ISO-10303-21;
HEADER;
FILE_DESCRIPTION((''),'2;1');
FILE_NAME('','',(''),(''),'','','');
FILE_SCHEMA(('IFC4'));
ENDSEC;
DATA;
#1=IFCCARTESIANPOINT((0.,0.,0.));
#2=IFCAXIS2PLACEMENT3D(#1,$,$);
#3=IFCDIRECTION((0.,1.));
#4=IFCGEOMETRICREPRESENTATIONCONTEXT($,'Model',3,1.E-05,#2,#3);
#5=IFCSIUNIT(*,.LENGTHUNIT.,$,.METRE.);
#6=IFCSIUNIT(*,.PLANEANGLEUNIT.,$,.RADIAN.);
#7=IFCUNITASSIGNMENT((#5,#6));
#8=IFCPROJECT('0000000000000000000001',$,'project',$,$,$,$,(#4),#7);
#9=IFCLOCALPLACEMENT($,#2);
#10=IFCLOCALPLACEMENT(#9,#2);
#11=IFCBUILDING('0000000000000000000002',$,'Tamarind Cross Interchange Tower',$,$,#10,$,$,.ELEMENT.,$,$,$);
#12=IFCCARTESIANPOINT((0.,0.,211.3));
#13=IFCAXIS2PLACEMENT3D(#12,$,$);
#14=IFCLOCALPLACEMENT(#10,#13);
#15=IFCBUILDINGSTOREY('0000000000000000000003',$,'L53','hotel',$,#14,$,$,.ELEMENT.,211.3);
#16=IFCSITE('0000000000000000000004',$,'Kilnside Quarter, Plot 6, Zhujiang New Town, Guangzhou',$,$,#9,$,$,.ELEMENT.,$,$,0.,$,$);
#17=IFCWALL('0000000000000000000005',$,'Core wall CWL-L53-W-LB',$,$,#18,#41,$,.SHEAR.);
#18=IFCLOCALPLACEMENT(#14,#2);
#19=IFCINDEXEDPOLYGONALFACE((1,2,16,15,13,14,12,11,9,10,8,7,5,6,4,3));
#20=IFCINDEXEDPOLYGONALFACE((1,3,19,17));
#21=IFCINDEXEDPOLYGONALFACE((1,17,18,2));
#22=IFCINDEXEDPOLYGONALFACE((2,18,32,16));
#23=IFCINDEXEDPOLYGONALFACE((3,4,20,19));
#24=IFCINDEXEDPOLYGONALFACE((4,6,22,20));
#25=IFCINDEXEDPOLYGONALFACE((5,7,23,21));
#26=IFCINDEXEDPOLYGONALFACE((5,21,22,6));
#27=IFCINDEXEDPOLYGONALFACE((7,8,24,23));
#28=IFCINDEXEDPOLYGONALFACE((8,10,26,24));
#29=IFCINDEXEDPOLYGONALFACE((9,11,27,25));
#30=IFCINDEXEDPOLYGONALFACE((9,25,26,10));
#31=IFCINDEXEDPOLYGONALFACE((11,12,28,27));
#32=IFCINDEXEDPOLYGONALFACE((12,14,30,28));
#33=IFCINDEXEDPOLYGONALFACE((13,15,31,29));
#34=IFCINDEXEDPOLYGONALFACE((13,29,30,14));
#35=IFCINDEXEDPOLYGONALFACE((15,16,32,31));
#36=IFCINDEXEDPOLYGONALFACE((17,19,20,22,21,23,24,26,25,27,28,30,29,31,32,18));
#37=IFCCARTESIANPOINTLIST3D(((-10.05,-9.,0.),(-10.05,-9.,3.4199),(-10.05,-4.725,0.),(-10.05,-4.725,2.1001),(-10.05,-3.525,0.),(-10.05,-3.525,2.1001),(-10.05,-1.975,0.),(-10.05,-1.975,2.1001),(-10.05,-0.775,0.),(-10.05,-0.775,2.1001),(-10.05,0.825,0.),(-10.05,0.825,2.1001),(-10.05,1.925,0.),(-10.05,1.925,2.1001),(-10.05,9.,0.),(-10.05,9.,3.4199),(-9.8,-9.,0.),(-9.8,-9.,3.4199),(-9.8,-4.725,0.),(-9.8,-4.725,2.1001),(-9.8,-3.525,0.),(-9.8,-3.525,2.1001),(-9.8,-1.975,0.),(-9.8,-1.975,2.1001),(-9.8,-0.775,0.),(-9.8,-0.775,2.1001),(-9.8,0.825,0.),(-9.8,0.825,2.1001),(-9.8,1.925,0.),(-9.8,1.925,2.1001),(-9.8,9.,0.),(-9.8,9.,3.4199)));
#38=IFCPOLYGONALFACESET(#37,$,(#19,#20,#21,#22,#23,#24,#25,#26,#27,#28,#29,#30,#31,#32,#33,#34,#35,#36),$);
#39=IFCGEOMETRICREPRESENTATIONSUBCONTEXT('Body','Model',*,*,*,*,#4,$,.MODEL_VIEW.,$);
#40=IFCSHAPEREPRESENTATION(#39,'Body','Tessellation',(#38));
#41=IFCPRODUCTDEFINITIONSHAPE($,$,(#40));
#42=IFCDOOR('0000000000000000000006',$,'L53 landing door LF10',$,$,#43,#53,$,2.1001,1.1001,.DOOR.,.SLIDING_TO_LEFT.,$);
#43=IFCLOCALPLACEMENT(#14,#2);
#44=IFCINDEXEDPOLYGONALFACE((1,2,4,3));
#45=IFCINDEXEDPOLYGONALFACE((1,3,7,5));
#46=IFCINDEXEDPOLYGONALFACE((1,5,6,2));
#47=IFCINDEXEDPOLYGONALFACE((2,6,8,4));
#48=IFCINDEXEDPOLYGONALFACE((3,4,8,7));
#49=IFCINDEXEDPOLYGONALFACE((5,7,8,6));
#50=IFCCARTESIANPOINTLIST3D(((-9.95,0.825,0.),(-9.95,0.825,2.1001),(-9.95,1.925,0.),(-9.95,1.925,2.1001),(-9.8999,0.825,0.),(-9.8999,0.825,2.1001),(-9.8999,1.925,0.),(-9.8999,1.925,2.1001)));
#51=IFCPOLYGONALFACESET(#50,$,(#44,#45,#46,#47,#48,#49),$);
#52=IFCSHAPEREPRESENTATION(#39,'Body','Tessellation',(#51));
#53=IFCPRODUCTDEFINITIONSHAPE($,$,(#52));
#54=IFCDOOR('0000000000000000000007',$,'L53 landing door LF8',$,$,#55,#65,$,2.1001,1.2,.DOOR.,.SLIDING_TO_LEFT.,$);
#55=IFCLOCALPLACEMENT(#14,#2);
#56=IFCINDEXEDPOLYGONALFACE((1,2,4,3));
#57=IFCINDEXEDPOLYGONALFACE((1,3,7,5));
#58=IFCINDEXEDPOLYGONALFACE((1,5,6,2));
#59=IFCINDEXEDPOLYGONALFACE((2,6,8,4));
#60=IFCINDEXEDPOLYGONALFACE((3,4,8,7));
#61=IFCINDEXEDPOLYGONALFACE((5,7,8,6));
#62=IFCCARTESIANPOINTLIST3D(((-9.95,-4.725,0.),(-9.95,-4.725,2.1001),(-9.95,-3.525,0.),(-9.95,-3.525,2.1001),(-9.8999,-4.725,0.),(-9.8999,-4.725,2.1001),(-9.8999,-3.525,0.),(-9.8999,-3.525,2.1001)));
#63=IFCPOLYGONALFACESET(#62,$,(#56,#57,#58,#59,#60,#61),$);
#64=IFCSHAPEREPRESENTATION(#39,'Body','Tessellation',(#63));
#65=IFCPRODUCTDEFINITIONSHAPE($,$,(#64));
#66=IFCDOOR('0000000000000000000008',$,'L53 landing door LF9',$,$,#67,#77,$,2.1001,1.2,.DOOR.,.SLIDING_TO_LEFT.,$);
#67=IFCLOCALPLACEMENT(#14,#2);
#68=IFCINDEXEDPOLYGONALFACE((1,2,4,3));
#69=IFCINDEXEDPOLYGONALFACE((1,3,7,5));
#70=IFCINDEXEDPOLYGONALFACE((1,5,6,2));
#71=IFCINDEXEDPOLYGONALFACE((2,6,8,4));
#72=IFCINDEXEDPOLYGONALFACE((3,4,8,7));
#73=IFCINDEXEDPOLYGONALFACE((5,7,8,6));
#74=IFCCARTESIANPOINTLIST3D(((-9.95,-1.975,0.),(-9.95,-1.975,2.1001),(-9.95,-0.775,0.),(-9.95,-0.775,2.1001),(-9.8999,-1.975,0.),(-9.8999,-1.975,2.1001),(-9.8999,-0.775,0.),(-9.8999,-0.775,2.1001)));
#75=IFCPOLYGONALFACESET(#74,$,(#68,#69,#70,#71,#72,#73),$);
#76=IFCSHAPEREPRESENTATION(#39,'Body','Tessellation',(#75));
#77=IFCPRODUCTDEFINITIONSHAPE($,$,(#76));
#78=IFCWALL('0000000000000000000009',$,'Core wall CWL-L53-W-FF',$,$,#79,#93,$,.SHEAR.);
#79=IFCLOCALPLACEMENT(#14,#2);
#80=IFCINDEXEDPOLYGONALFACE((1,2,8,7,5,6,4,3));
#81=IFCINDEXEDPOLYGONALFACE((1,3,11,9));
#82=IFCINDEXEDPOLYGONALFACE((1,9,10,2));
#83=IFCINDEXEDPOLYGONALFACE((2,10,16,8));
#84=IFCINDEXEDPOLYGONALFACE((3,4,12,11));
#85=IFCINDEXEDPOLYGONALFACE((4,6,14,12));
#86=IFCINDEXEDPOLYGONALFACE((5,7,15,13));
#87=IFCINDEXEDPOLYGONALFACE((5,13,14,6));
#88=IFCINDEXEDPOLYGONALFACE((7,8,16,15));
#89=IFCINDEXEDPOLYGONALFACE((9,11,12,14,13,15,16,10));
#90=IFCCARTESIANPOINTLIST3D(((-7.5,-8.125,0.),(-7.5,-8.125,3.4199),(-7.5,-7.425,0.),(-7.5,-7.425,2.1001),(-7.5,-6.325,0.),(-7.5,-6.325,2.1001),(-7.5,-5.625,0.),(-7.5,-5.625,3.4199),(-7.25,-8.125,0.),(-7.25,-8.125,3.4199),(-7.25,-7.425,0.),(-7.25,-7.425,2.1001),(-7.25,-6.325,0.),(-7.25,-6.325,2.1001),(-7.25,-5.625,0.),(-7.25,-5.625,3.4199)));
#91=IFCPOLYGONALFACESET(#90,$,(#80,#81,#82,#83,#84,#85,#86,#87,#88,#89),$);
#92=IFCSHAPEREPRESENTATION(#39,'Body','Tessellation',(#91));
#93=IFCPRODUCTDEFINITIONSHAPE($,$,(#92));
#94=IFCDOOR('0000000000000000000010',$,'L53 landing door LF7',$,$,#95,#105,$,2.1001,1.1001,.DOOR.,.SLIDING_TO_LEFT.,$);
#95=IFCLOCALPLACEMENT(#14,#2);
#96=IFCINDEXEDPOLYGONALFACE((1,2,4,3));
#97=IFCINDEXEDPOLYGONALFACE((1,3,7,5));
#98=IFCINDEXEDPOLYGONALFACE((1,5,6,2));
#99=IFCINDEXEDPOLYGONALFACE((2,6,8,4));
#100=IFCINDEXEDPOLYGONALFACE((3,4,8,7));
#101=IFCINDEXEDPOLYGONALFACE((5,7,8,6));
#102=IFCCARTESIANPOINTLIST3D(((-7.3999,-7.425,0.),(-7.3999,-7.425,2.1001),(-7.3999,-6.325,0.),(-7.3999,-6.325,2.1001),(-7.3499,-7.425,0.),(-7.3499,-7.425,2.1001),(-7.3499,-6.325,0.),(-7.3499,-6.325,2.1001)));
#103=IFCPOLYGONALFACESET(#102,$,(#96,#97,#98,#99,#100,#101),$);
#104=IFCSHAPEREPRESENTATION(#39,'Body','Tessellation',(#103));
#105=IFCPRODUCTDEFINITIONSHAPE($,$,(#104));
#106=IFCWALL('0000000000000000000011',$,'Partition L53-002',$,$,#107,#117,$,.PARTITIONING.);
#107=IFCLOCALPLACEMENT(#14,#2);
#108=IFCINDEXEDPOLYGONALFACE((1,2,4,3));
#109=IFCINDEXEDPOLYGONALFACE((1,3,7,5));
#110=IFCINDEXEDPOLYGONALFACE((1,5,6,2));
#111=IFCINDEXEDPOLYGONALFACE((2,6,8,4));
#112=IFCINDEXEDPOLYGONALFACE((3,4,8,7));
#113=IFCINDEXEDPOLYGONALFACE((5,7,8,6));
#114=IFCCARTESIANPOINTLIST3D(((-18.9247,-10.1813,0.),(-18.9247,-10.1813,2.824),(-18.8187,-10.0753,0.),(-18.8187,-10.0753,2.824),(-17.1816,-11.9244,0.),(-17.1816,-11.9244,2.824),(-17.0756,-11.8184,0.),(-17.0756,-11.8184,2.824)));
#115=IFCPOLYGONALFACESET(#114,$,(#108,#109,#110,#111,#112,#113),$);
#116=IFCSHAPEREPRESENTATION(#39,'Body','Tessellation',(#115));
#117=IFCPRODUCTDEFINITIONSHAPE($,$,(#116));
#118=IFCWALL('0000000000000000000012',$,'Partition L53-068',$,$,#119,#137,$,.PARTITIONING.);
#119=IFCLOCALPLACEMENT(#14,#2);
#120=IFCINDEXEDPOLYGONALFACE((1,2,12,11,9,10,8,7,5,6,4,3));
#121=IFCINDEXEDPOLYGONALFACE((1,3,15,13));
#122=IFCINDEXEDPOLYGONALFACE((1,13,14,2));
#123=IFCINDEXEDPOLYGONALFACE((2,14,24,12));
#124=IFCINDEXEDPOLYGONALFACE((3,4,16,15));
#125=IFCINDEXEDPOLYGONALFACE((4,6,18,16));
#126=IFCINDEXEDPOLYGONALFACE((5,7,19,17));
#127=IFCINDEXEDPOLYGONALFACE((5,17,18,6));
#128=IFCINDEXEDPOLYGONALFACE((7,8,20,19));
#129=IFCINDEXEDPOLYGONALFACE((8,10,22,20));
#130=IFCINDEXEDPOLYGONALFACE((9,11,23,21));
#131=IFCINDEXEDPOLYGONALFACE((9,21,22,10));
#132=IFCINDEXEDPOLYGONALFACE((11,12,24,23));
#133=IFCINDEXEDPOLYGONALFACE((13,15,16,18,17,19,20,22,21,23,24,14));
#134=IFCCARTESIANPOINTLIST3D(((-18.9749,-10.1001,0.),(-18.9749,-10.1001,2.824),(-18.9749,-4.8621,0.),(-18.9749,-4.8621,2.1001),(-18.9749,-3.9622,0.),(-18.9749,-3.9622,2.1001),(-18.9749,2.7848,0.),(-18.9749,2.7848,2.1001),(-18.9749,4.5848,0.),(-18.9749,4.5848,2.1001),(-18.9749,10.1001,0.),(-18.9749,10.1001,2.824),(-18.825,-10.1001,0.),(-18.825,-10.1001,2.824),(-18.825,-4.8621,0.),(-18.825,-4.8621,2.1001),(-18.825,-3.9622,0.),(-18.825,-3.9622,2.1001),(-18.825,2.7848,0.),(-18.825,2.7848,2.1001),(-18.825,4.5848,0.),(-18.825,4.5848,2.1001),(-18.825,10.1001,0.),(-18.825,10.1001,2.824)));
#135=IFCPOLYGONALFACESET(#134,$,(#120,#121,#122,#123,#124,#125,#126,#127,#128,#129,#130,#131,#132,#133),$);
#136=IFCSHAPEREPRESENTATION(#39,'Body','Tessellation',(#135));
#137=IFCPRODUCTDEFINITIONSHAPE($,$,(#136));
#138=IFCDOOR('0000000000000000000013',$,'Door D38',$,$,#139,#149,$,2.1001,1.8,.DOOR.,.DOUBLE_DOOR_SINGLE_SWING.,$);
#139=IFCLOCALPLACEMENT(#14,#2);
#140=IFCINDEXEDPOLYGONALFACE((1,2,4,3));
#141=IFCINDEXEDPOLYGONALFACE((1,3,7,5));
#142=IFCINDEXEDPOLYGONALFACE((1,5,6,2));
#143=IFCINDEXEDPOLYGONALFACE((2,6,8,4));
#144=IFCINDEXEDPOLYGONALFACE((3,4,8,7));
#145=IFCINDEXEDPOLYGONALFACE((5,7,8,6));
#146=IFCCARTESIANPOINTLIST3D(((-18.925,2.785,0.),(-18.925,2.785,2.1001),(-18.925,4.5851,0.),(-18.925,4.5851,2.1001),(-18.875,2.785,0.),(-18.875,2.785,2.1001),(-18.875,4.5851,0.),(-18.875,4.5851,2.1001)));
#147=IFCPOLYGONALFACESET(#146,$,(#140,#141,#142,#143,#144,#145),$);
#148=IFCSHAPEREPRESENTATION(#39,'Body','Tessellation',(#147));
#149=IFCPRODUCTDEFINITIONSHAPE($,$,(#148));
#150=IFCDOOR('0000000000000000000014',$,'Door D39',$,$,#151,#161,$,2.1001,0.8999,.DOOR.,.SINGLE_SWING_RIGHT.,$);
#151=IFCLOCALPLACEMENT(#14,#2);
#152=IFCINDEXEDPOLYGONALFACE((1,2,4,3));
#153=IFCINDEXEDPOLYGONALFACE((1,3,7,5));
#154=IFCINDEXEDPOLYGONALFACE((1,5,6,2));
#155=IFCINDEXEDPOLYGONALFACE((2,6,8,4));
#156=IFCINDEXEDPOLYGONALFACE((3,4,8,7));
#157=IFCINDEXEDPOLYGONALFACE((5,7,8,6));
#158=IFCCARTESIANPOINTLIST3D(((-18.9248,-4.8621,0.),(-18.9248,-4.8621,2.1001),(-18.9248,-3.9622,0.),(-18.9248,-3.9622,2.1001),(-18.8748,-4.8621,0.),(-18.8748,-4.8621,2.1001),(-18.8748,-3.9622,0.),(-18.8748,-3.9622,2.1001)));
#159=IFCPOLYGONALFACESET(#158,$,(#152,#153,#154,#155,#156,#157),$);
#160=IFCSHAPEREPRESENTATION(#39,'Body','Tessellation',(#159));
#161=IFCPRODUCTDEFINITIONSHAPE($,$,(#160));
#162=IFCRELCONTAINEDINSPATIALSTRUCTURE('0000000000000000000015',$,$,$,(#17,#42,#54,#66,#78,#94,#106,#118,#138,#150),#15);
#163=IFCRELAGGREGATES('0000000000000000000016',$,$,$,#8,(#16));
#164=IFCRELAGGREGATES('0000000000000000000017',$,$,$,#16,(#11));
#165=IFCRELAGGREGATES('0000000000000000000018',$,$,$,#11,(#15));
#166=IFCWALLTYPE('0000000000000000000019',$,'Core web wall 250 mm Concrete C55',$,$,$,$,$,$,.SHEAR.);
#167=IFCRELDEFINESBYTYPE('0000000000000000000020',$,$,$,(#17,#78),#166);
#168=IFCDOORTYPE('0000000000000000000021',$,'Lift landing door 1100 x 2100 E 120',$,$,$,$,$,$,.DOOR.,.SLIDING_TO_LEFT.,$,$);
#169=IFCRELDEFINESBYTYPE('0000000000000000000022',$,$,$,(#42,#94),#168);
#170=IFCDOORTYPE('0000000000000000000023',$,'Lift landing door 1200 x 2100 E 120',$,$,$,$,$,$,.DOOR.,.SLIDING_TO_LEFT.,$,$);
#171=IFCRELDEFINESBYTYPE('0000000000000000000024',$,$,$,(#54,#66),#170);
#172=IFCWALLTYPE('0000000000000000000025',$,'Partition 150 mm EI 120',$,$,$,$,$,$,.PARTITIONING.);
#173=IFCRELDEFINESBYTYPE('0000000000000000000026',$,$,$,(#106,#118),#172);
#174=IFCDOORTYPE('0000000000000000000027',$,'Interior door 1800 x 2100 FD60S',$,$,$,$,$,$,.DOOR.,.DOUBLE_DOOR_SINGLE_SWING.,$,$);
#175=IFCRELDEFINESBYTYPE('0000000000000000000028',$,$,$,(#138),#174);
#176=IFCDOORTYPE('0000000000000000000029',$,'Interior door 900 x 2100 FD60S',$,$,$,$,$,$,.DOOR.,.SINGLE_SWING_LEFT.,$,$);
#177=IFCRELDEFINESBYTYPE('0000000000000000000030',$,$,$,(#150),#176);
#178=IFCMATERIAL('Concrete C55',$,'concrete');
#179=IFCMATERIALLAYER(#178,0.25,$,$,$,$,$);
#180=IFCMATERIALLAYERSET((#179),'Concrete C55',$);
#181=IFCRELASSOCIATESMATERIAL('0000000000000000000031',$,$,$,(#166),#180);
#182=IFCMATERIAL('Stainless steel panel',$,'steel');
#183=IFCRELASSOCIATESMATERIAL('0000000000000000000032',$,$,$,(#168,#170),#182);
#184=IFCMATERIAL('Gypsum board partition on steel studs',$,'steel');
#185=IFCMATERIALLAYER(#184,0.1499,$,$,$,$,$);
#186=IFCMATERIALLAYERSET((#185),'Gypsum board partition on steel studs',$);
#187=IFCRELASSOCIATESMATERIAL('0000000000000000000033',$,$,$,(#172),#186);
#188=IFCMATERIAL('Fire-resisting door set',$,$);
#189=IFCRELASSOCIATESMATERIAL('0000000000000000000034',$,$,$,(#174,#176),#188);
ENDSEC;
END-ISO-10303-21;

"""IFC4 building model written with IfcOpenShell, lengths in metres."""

from ifc_helpers import new_model, si_unit, direction, frame, frame_2d, origin, place, context, subcontext, project, spatial, rectangle, extrude, material, layer, layer_set, type_object, element, fill, save


model = new_model("IFC4")

# Units and contexts
model_context = context("Model", 3, precision=1e-05, world=origin(), true_north=direction((0.0, 1.0)))
body_context = subcontext(model_context, "Body", "Model", "MODEL_VIEW")
ifc_project = project(units=[si_unit("LENGTHUNIT", "METRE"), si_unit("PLANEANGLEUNIT", "RADIAN")], contexts=[model_context])

# Site, building, storey
site_placement = place(None, origin())
site = spatial("IfcSite", under=ifc_project, at=site_placement, Name="Kilnside Quarter, Plot 6, Zhujiang New Town, Guangzhou", CompositionType="ELEMENT", RefElevation=0.0)
building_placement = place(site_placement, origin())
building = spatial("IfcBuilding", under=site, at=building_placement, Name="Tamarind Cross Interchange Tower", CompositionType="ELEMENT")
storey_placement = place(building_placement, frame((0.0, 0.0, 211.3)))
storey = spatial("IfcBuildingStorey", under=building, at=storey_placement, Name="L53", Description="hotel", CompositionType="ELEMENT", Elevation=211.3)

# Shared definitions
ifc_material_1 = material(Name="Concrete C55", Category="concrete")

# Shared definitions
ifc_layer_1 = layer(ifc_material_1, 0.25)
ifc_layer_set_1 = layer_set([ifc_layer_1], Name="Concrete C55")
wall_type_1 = type_object("IfcWallType", Name="Core web wall 250 mm Concrete C55", PredefinedType="SHEAR", material=ifc_layer_set_1)

# Wall, openings, doors
ifc_material_2 = material(Name="Stainless steel panel", Category="steel")
wall_1_placement = place(storey_placement, frame((-9.925, -9.0, 0.0), z_axis=(0.0, 0.0, 1.0), x_axis=(0.0, 1.0, 0.0)))
wall_1 = element("IfcWall", 1, at=wall_1_placement, inside=storey, type_object=wall_type_1, Name="Core wall CWL-L53-W-LB", PredefinedType="SHEAR", context=body_context, shape_type="SweptSolid", body=[
    extrude(rectangle(XDim=18.0, YDim=0.25, at=frame_2d((9.0, 0.0))), origin(), (0.0, 0.0, 1.0), 3.4199),
])
opening_1_placement = place(wall_1_placement, frame((4.2749, 0.0, 0.0)))
opening_1 = element("IfcOpeningElement", 2, at=opening_1_placement, cuts=wall_1, PredefinedType="OPENING", context=body_context, shape_type="SweptSolid", body=[
    extrude(rectangle(XDim=1.2, YDim=2.1001, at=frame_2d((0.6001, 1.05))), frame((0.0, 0.135, 0.0), z_axis=(0.0, -1.0, 0.0), x_axis=(1.0, 0.0, 0.0)), (0.0, 0.0, 1.0), 0.27),
])
opening_2_placement = place(wall_1_placement, frame((7.0249, 0.0, 0.0)))
opening_2 = element("IfcOpeningElement", 3, at=opening_2_placement, cuts=wall_1, PredefinedType="OPENING", context=body_context, shape_type="SweptSolid", body=[
    extrude(rectangle(XDim=1.2, YDim=2.1001, at=frame_2d((0.6001, 1.05))), frame((0.0, 0.135, 0.0), z_axis=(0.0, -1.0, 0.0), x_axis=(1.0, 0.0, 0.0)), (0.0, 0.0, 1.0), 0.27),
])
opening_3_placement = place(wall_1_placement, frame((9.825, 0.0, 0.0)))
opening_3 = element("IfcOpeningElement", 4, at=opening_3_placement, cuts=wall_1, PredefinedType="OPENING", context=body_context, shape_type="SweptSolid", body=[
    extrude(rectangle(XDim=1.1001, YDim=2.1001, at=frame_2d((0.55, 1.05))), frame((0.0, 0.135, 0.0), z_axis=(0.0, -1.0, 0.0), x_axis=(1.0, 0.0, 0.0)), (0.0, 0.0, 1.0), 0.27),
])
door_type_1 = type_object("IfcDoorType", Name="Lift landing door 1100 x 2100 E 120", OperationType="SLIDING_TO_LEFT", PredefinedType="DOOR", material=ifc_material_2)
door_1_placement = place(opening_3_placement, origin())
door_1 = element("IfcDoor", 5, at=door_1_placement, inside=storey, type_object=door_type_1, Name="L53 landing door LF10", OperationType="SLIDING_TO_LEFT", OverallHeight=2.1001, OverallWidth=1.1001, PredefinedType="DOOR", context=body_context, shape_type="SweptSolid", body=[
    extrude(rectangle(XDim=1.1001, YDim=2.1001, at=frame_2d((0.55, 1.05))), frame((0.0, 0.0249, 0.0), z_axis=(0.0, -1.0, 0.0), x_axis=(1.0, 0.0, 0.0)), (0.0, 0.0, 1.0), 0.05),
])
fill(opening_3, door_1)
door_type_2 = type_object("IfcDoorType", Name="Lift landing door 1200 x 2100 E 120", OperationType="SLIDING_TO_LEFT", PredefinedType="DOOR", material=ifc_material_2)
door_2_placement = place(opening_1_placement, origin())
door_2 = element("IfcDoor", 6, at=door_2_placement, inside=storey, type_object=door_type_2, Name="L53 landing door LF8", OperationType="SLIDING_TO_LEFT", OverallHeight=2.1001, OverallWidth=1.2, PredefinedType="DOOR", context=body_context, shape_type="SweptSolid", body=[
    extrude(rectangle(XDim=1.2, YDim=2.1001, at=frame_2d((0.6001, 1.05))), frame((0.0, 0.0249, 0.0), z_axis=(0.0, -1.0, 0.0), x_axis=(1.0, 0.0, 0.0)), (0.0, 0.0, 1.0), 0.05),
])
fill(opening_1, door_2)
door_3_placement = place(opening_2_placement, origin())
door_3 = element("IfcDoor", 7, at=door_3_placement, inside=storey, type_object=door_type_2, Name="L53 landing door LF9", OperationType="SLIDING_TO_LEFT", OverallHeight=2.1001, OverallWidth=1.2, PredefinedType="DOOR", context=body_context, shape_type="SweptSolid", body=[
    extrude(rectangle(XDim=1.2, YDim=2.1001, at=frame_2d((0.6001, 1.05))), frame((0.0, 0.0249, 0.0), z_axis=(0.0, -1.0, 0.0), x_axis=(1.0, 0.0, 0.0)), (0.0, 0.0, 1.0), 0.05),
])
fill(opening_2, door_3)

# Wall, opening, door
wall_2_placement = place(storey_placement, frame((-7.375, -8.125, 0.0), z_axis=(0.0, 0.0, 1.0), x_axis=(0.0, 1.0, 0.0)))
wall_2 = element("IfcWall", 8, at=wall_2_placement, inside=storey, type_object=wall_type_1, Name="Core wall CWL-L53-W-FF", PredefinedType="SHEAR", context=body_context, shape_type="SweptSolid", body=[
    extrude(rectangle(XDim=2.5, YDim=0.25, at=frame_2d((1.25, 0.0))), origin(), (0.0, 0.0, 1.0), 3.4199),
])
opening_4_placement = place(wall_2_placement, frame((0.7, 0.0, 0.0)))
opening_4 = element("IfcOpeningElement", 9, at=opening_4_placement, cuts=wall_2, PredefinedType="OPENING", context=body_context, shape_type="SweptSolid", body=[
    extrude(rectangle(XDim=1.1001, YDim=2.1001, at=frame_2d((0.55, 1.05))), frame((0.0, 0.135, 0.0), z_axis=(0.0, -1.0, 0.0), x_axis=(1.0, 0.0, 0.0)), (0.0, 0.0, 1.0), 0.27),
])
door_4_placement = place(opening_4_placement, origin())
door_4 = element("IfcDoor", 10, at=door_4_placement, inside=storey, type_object=door_type_1, Name="L53 landing door LF7", OperationType="SLIDING_TO_LEFT", OverallHeight=2.1001, OverallWidth=1.1001, PredefinedType="DOOR", context=body_context, shape_type="SweptSolid", body=[
    extrude(rectangle(XDim=1.1001, YDim=2.1001, at=frame_2d((0.55, 1.05))), frame((0.0, 0.0249, 0.0), z_axis=(0.0, -1.0, 0.0), x_axis=(1.0, 0.0, 0.0)), (0.0, 0.0, 1.0), 0.05),
])
fill(opening_4, door_4)

# Wall
ifc_material_3 = material(Name="Gypsum board partition on steel studs", Category="steel")
ifc_layer_2 = layer(ifc_material_3, 0.1499)
ifc_layer_set_2 = layer_set([ifc_layer_2], Name="Gypsum board partition on steel studs")
wall_type_2 = type_object("IfcWallType", Name="Partition 150 mm EI 120", PredefinedType="PARTITIONING", material=ifc_layer_set_2)
wall_3_placement = place(storey_placement, frame((-18.8716, -10.1284, 0.0), z_axis=(0.0, 0.0, 1.0), x_axis=(0.707107, -0.707107, 0.0)))
element("IfcWall", 11, at=wall_3_placement, inside=storey, type_object=wall_type_2, Name="Partition L53-002", PredefinedType="PARTITIONING", context=body_context, shape_type="SweptSolid", body=[
    extrude(rectangle(XDim=2.4651, YDim=0.1499, at=frame_2d((1.2324, 0.0))), origin(), (0.0, 0.0, 1.0), 2.824),
])

# Wall, openings, doors
wall_4_placement = place(storey_placement, frame((-18.8999, -10.1001, 0.0), z_axis=(0.0, 0.0, 1.0), x_axis=(0.0, 1.0, 0.0)))
wall_4 = element("IfcWall", 12, at=wall_4_placement, inside=storey, type_object=wall_type_2, Name="Partition L53-068", PredefinedType="PARTITIONING", context=body_context, shape_type="SweptSolid", body=[
    extrude(rectangle(XDim=20.2002, YDim=0.1499, at=frame_2d((10.1001, 0.0))), origin(), (0.0, 0.0, 1.0), 2.824),
])
opening_5_placement = place(wall_4_placement, frame((12.885, 0.0, 0.0)))
opening_5 = element("IfcOpeningElement", 13, at=opening_5_placement, cuts=wall_4, PredefinedType="OPENING", context=body_context, shape_type="SweptSolid", body=[
    extrude(rectangle(XDim=1.8, YDim=2.1001, at=frame_2d((0.8999, 1.05))), frame((0.0, 0.085, 0.0), z_axis=(0.0, -1.0, 0.0), x_axis=(1.0, 0.0, 0.0)), (0.0, 0.0, 1.0), 0.1699),
])
opening_6_placement = place(wall_4_placement, frame((5.238, 0.0, 0.0)))
opening_6 = element("IfcOpeningElement", 14, at=opening_6_placement, cuts=wall_4, PredefinedType="OPENING", context=body_context, shape_type="SweptSolid", body=[
    extrude(rectangle(XDim=0.8999, YDim=2.1001, at=frame_2d((0.45, 1.05))), frame((0.0, 0.085, 0.0), z_axis=(0.0, -1.0, 0.0), x_axis=(1.0, 0.0, 0.0)), (0.0, 0.0, 1.0), 0.1699),
])
ifc_material_4 = material(Name="Fire-resisting door set")
door_type_3 = type_object("IfcDoorType", Name="Interior door 1800 x 2100 FD60S", OperationType="DOUBLE_DOOR_SINGLE_SWING", PredefinedType="DOOR", material=ifc_material_4)
door_5_placement = place(opening_5_placement, frame((1.8, 0.0, 0.0), z_axis=(0.0, 0.0, 1.0), x_axis=(-1.0, 0.0, 0.0)))
door_5 = element("IfcDoor", 15, at=door_5_placement, inside=storey, type_object=door_type_3, Name="Door D38", OperationType="DOUBLE_DOOR_SINGLE_SWING", OverallHeight=2.1001, OverallWidth=1.8, PredefinedType="DOOR", context=body_context, shape_type="SweptSolid", body=[
    extrude(rectangle(XDim=1.8, YDim=2.1001, at=frame_2d((0.8999, 1.05))), frame((0.0, 0.0249, 0.0), z_axis=(0.0, -1.0, 0.0), x_axis=(1.0, 0.0, 0.0)), (0.0, 0.0, 1.0), 0.05),
])
fill(opening_5, door_5)
door_type_4 = type_object("IfcDoorType", Name="Interior door 900 x 2100 FD60S", OperationType="SINGLE_SWING_LEFT", PredefinedType="DOOR", material=ifc_material_4)
door_6_placement = place(opening_6_placement, origin())
door_6 = element("IfcDoor", 16, at=door_6_placement, inside=storey, type_object=door_type_4, Name="Door D39", OperationType="SINGLE_SWING_RIGHT", OverallHeight=2.1001, OverallWidth=0.8999, PredefinedType="DOOR", context=body_context, shape_type="SweptSolid", body=[
    extrude(rectangle(XDim=0.8999, YDim=2.1001, at=frame_2d((0.45, 1.05))), frame((0.0, 0.0249, 0.0), z_axis=(0.0, -1.0, 0.0), x_axis=(1.0, 0.0, 0.0)), (0.0, 0.0, 1.0), 0.05),
])
fill(opening_6, door_6)

save(model, "model.ifc")
